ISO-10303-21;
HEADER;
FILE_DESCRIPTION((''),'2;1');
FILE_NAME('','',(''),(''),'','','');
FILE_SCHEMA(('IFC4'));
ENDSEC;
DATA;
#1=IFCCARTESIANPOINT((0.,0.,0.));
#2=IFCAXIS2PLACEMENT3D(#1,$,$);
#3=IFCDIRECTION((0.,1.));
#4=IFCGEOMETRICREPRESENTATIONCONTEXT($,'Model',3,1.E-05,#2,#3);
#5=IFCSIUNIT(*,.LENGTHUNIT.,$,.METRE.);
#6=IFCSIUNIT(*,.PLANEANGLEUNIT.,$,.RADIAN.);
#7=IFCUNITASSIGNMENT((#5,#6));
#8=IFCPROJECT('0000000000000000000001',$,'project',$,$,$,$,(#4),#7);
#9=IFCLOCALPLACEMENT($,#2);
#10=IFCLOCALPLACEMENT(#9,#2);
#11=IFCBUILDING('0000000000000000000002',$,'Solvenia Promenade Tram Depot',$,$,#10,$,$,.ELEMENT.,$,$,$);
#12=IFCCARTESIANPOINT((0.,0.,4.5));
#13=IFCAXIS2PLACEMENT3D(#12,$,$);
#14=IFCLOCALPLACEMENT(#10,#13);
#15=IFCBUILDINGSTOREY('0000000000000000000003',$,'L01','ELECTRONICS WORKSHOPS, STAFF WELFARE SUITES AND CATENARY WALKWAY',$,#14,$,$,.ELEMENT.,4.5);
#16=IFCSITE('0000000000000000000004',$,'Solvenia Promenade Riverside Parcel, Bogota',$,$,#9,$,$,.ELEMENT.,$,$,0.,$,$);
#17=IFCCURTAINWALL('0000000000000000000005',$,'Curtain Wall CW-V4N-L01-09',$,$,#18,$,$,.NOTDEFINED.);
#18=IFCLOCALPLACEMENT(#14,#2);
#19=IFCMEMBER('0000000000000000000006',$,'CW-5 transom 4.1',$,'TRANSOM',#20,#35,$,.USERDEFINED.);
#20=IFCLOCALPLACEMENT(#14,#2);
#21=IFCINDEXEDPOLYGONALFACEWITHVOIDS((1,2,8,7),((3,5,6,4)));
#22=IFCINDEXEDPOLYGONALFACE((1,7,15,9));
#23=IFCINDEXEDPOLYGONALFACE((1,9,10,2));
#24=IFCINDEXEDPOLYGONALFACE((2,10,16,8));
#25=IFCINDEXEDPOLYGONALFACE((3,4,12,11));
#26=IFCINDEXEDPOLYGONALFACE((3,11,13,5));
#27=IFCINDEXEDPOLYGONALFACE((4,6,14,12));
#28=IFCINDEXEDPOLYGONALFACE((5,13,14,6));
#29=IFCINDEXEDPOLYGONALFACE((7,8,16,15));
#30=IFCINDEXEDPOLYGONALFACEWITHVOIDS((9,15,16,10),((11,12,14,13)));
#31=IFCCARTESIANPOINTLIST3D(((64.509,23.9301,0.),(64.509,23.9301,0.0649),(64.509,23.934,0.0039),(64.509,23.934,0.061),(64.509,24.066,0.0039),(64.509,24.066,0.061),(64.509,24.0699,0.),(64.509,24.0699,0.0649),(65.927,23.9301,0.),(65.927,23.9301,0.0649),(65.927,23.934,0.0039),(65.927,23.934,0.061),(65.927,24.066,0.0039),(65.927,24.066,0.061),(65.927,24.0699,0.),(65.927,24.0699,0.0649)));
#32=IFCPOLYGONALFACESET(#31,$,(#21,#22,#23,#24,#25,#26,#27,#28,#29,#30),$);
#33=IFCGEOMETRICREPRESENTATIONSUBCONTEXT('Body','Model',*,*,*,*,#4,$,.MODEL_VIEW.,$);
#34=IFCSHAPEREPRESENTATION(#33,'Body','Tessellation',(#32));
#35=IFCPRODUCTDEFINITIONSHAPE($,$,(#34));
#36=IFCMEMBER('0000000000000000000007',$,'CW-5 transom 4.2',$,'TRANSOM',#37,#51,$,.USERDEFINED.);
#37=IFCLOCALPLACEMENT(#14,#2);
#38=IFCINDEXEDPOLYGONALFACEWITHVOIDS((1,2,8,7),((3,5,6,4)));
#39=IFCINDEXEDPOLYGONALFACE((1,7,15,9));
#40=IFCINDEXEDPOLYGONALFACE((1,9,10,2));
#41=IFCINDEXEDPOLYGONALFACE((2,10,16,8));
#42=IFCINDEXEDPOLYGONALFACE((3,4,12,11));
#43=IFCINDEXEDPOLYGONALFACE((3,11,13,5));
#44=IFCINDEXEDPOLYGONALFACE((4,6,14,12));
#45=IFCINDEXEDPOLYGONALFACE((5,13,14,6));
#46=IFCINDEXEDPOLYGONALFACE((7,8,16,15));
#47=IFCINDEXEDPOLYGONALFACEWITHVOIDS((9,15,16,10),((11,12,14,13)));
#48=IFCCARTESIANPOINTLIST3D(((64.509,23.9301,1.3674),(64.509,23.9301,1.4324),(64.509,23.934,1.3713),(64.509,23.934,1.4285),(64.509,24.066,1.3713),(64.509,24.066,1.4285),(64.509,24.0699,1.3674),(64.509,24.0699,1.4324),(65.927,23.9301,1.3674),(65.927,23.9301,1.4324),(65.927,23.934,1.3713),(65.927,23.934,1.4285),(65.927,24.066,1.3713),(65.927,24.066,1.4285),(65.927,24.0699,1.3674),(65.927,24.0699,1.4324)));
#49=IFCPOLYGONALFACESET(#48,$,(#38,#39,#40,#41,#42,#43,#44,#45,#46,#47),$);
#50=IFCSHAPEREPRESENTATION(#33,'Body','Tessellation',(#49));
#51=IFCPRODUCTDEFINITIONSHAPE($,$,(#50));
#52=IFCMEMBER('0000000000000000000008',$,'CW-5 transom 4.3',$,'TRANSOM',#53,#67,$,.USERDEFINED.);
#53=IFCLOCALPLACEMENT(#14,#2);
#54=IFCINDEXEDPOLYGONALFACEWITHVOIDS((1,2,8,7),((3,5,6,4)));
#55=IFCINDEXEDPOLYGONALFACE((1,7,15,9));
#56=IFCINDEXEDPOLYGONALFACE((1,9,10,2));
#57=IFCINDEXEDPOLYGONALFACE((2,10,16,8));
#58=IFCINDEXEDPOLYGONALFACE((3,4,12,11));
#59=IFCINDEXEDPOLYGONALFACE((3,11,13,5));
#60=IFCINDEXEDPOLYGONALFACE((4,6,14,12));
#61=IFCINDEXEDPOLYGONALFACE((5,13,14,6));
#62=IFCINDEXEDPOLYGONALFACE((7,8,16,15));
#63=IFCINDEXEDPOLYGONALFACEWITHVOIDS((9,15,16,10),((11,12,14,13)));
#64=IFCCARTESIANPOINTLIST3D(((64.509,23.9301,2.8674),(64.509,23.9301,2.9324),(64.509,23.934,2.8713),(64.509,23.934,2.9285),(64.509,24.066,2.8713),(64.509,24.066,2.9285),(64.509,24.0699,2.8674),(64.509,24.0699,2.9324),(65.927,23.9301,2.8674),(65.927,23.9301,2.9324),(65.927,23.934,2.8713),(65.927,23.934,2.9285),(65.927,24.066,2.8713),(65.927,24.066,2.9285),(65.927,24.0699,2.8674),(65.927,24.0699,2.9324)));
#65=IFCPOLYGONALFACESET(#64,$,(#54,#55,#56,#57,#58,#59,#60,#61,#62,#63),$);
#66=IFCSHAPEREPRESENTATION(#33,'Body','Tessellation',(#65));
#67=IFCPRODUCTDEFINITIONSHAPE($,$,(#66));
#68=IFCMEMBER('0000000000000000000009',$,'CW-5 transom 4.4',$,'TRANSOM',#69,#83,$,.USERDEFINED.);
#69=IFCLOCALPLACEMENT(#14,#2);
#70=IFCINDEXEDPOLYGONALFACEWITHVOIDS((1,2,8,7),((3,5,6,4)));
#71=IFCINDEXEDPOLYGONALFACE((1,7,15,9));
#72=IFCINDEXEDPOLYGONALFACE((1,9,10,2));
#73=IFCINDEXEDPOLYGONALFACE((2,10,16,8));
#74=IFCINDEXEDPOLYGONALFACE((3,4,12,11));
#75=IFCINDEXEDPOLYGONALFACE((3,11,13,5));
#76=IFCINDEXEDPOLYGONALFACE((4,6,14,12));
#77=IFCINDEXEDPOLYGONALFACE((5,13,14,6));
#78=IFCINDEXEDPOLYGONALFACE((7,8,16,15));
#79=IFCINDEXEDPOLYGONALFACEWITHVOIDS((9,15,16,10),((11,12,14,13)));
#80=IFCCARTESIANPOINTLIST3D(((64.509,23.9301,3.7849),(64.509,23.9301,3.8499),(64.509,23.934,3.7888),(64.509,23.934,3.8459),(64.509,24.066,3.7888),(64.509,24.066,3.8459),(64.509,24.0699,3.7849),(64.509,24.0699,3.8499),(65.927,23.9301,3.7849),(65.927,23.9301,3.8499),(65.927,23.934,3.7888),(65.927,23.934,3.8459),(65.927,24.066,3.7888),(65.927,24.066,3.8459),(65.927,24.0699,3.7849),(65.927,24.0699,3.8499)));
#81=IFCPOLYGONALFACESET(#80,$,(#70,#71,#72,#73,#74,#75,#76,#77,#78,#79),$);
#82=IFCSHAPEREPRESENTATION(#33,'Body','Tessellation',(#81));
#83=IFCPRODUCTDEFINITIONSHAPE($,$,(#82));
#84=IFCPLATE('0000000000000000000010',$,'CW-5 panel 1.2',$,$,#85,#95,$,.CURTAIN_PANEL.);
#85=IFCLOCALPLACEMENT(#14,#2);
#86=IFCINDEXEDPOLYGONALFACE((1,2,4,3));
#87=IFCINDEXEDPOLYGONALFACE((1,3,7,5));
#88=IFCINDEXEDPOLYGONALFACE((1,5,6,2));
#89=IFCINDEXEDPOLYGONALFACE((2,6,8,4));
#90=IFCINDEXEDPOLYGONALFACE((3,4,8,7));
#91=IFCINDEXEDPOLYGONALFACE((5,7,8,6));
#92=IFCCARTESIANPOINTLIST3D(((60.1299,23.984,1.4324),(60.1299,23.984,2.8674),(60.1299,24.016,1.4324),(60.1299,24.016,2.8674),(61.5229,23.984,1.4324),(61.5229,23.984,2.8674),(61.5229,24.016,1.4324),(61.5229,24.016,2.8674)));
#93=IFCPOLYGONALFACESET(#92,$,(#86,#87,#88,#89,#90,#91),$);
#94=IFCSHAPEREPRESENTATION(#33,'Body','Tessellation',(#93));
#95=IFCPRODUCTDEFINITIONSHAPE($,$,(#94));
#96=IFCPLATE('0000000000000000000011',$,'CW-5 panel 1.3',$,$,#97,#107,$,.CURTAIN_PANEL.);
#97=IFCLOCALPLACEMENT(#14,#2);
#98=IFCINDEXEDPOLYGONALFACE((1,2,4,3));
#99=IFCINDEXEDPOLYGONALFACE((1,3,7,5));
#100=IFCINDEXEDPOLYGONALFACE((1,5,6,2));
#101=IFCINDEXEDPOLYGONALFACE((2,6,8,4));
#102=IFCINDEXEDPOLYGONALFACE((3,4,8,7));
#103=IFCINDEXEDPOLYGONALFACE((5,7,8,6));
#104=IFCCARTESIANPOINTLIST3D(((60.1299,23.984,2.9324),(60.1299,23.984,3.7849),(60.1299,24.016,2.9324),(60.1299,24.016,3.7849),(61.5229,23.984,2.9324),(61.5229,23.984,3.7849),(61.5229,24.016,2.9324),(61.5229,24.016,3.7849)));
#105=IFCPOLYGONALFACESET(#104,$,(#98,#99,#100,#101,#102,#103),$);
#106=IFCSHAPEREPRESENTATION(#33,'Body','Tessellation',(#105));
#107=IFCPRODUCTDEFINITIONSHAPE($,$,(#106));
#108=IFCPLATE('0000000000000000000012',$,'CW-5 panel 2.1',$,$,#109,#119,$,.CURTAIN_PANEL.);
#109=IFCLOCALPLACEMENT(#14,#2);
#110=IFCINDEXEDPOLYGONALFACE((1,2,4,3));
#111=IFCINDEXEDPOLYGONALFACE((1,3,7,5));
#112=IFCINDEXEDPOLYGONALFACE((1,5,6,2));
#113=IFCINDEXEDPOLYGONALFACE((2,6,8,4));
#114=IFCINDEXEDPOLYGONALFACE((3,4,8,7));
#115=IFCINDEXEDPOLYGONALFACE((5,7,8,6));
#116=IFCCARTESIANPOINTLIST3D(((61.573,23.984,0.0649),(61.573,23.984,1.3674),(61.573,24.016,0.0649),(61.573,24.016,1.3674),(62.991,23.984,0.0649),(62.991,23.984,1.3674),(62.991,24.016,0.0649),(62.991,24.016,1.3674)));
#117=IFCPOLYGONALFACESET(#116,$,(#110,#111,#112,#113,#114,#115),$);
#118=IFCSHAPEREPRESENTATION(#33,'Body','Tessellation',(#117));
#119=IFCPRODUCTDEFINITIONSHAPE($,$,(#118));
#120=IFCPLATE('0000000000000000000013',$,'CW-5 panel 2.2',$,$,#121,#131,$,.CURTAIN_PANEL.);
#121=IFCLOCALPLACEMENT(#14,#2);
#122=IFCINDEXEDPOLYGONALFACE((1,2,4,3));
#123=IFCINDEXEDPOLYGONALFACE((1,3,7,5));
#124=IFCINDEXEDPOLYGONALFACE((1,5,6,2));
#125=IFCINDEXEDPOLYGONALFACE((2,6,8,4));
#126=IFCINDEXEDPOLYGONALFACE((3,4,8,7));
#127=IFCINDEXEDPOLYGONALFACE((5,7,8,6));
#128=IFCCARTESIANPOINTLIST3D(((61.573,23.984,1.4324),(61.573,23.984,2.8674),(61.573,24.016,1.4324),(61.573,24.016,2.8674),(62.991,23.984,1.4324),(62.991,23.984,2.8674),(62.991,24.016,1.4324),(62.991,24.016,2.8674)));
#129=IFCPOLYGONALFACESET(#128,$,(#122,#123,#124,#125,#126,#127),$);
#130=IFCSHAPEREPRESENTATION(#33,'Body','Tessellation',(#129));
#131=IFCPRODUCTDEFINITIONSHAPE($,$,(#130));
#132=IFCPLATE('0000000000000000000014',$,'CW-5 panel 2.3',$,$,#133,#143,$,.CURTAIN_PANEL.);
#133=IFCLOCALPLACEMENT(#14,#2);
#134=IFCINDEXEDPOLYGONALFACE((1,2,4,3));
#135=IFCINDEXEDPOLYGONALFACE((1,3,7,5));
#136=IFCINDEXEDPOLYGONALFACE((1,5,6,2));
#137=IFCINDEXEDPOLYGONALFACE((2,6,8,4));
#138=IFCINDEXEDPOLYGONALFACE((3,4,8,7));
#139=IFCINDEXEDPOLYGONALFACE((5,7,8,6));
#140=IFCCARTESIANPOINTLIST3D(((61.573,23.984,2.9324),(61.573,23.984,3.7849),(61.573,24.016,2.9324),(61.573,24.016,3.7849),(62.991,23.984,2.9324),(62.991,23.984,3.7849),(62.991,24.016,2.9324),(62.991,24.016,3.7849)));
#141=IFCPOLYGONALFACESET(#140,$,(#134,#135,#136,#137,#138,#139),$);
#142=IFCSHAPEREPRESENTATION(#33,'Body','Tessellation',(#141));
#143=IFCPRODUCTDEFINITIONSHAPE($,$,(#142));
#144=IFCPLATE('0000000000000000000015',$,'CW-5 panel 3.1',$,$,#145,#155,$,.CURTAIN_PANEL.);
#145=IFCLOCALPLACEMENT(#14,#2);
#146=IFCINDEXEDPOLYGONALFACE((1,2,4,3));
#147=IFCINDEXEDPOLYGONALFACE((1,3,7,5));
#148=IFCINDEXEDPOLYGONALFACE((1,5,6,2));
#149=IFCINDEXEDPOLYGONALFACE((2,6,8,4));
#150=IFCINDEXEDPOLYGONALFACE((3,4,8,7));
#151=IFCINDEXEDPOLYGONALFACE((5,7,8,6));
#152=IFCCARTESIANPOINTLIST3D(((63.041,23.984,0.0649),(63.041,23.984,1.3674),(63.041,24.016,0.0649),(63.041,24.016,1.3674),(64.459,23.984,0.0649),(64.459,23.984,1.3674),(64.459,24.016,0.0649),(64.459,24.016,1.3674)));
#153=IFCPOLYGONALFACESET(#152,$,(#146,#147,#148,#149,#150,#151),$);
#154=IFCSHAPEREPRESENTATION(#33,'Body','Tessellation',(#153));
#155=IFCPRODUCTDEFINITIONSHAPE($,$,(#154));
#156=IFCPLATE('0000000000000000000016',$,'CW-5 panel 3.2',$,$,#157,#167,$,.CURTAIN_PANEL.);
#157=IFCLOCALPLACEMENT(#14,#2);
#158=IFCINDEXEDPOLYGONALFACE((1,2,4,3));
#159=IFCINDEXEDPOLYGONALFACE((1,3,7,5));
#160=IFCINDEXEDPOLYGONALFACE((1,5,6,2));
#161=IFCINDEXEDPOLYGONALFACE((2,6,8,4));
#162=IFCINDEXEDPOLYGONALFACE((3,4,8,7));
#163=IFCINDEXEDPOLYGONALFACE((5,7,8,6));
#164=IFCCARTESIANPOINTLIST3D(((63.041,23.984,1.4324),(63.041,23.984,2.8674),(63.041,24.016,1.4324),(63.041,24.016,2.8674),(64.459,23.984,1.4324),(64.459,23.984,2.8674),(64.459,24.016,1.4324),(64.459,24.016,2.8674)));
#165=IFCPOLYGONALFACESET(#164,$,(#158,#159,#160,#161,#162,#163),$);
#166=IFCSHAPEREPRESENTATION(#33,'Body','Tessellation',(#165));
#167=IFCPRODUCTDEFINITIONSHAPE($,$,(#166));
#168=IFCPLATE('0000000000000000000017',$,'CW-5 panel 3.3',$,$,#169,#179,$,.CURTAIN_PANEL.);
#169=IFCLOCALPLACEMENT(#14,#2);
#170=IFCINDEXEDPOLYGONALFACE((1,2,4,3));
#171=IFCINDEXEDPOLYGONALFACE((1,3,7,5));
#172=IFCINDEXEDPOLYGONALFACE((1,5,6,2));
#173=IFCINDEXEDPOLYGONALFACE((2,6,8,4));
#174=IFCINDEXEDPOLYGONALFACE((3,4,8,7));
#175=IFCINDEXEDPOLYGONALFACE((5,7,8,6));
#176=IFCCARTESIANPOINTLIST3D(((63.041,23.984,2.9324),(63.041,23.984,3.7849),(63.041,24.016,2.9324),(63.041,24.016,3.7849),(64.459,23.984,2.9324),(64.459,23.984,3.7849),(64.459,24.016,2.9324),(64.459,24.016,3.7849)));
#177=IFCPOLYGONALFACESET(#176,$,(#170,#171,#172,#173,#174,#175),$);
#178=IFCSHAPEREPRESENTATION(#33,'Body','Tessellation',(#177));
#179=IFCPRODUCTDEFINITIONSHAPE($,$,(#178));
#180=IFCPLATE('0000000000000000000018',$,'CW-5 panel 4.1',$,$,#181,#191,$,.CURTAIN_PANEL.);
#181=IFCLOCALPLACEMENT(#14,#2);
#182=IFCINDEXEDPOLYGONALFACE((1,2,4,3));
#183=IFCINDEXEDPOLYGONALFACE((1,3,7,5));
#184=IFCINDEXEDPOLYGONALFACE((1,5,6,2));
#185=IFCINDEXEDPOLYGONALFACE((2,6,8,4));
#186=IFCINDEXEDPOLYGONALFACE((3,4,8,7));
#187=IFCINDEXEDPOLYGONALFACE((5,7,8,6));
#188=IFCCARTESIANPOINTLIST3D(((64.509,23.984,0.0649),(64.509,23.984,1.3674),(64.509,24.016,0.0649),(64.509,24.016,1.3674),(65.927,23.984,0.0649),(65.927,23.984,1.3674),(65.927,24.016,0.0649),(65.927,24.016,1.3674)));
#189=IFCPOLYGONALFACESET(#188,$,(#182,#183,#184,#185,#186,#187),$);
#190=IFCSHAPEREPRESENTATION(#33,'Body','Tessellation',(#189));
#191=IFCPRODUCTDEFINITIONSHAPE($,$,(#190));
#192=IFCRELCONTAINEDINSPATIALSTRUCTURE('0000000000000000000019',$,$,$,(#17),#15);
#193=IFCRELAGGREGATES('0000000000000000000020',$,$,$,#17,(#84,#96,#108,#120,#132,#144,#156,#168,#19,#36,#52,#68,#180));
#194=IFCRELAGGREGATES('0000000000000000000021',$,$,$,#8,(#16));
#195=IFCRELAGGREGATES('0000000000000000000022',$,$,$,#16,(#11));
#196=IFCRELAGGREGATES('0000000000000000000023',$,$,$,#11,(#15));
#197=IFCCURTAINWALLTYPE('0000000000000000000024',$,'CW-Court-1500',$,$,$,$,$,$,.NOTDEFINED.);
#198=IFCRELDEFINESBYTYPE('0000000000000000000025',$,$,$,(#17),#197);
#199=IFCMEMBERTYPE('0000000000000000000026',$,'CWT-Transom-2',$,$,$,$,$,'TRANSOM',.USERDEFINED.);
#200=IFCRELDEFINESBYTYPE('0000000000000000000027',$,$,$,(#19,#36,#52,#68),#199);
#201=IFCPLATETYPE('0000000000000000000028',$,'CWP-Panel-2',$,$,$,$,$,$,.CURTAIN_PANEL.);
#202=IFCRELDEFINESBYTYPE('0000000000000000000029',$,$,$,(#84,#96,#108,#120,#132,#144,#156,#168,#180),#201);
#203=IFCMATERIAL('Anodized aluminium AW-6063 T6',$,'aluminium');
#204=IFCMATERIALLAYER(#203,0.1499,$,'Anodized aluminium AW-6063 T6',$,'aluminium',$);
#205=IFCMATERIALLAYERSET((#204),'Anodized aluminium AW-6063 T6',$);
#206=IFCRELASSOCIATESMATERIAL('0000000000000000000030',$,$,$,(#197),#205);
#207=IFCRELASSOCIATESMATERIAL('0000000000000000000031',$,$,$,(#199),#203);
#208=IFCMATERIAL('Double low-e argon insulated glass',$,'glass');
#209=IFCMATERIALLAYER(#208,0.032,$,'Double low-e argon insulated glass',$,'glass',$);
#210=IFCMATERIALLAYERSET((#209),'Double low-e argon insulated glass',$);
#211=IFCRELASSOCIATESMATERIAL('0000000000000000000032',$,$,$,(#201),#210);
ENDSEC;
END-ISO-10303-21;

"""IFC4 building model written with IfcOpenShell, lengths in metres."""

from ifc_helpers import new_model, si_unit, direction, frame, origin, origin_2d, place, context, subcontext, project, spatial, rectangle, hollow_rectangle, extrude, material, layer, layer_set, material_profile, profile_set, type_object, element, aggregate, save


model = new_model("IFC4")

# Units and contexts
model_context = context("Model", 3, precision=1e-05, world=origin(), true_north=direction((0.0, 1.0)))
body_context = subcontext(model_context, "Body", "Model", "MODEL_VIEW")
ifc_project = project(units=[si_unit("LENGTHUNIT", "METRE"), si_unit("PLANEANGLEUNIT", "RADIAN")], contexts=[model_context])

# Site, building, storey
site_placement = place(None, origin())
site = spatial("IfcSite", under=ifc_project, at=site_placement, Name="Solvenia Promenade Riverside Parcel, Bogota", CompositionType="ELEMENT", RefElevation=0.0)
building_placement = place(site_placement, origin())
building = spatial("IfcBuilding", under=site, at=building_placement, Name="Solvenia Promenade Tram Depot", CompositionType="ELEMENT")
storey_placement = place(building_placement, frame((0.0, 0.0, 4.5)))
storey = spatial("IfcBuildingStorey", under=building, at=storey_placement, Name="L01", Description="ELECTRONICS WORKSHOPS, STAFF WELFARE SUITES AND CATENARY WALKWAY", CompositionType="ELEMENT", Elevation=4.5)

# Curtain wall, members, plates
ifc_material_1 = material(Name="Anodized aluminium AW-6063 T6", Category="aluminium")
ifc_layer_1 = layer(ifc_material_1, 0.1499, Name="Anodized aluminium AW-6063 T6", Category="aluminium")
ifc_layer_set_1 = layer_set([ifc_layer_1], Name="Anodized aluminium AW-6063 T6")
curtain_wall_type = type_object("IfcCurtainWallType", Name="CW-Court-1500", PredefinedType="NOTDEFINED", material=ifc_layer_set_1)
curtain_wall_placement = place(storey_placement, origin())
curtain_wall = element("IfcCurtainWall", 1, at=curtain_wall_placement, inside=storey, type_object=curtain_wall_type, Name="Curtain Wall CW-V4N-L01-09", PredefinedType="NOTDEFINED")
ifc_material_profile_1 = material_profile(ifc_material_1, hollow_rectangle(XDim=0.1399, YDim=0.0649, WallThickness=0.0039, at=origin_2d()), Name="ALU-T2", Category="aluminium")
ifc_profile_set_1 = profile_set([ifc_material_profile_1], Name="Anodized aluminium AW-6063 T6")
member_type_1 = type_object("IfcMemberType", Name="CWT-Transom-2", ElementType="TRANSOM", PredefinedType="USERDEFINED", material=ifc_profile_set_1)
member_1_placement = place(storey_placement, frame((64.509, 24.0, 0.0325), z_axis=(1.0, 0.0, 0.0), x_axis=(0.0, 1.0, 0.0)))
member_1 = element("IfcMember", 2, at=member_1_placement, type_object=member_type_1, Name="CW-5 transom 4.1", ObjectType="TRANSOM", PredefinedType="USERDEFINED", context=body_context, shape_type="SweptSolid", body=[
    extrude(hollow_rectangle(XDim=0.1399, YDim=0.0649, WallThickness=0.0039, at=origin_2d()), origin(), (0.0, 0.0, 1.0), 1.418),
])
member_2_placement = place(storey_placement, frame((64.509, 24.0, 1.3999), z_axis=(1.0, 0.0, 0.0), x_axis=(0.0, 1.0, 0.0)))
member_2 = element("IfcMember", 3, at=member_2_placement, type_object=member_type_1, Name="CW-5 transom 4.2", ObjectType="TRANSOM", PredefinedType="USERDEFINED", context=body_context, shape_type="SweptSolid", body=[
    extrude(hollow_rectangle(XDim=0.1399, YDim=0.0649, WallThickness=0.0039, at=origin_2d()), origin(), (0.0, 0.0, 1.0), 1.418),
])
member_3_placement = place(storey_placement, frame((64.509, 24.0, 2.8999), z_axis=(1.0, 0.0, 0.0), x_axis=(0.0, 1.0, 0.0)))
member_3 = element("IfcMember", 4, at=member_3_placement, type_object=member_type_1, Name="CW-5 transom 4.3", ObjectType="TRANSOM", PredefinedType="USERDEFINED", context=body_context, shape_type="SweptSolid", body=[
    extrude(hollow_rectangle(XDim=0.1399, YDim=0.0649, WallThickness=0.0039, at=origin_2d()), origin(), (0.0, 0.0, 1.0), 1.418),
])
member_4_placement = place(storey_placement, frame((64.509, 24.0, 3.8174), z_axis=(1.0, 0.0, 0.0), x_axis=(0.0, 1.0, 0.0)))
member_4 = element("IfcMember", 5, at=member_4_placement, type_object=member_type_1, Name="CW-5 transom 4.4", ObjectType="TRANSOM", PredefinedType="USERDEFINED", context=body_context, shape_type="SweptSolid", body=[
    extrude(hollow_rectangle(XDim=0.1399, YDim=0.0649, WallThickness=0.0039, at=origin_2d()), origin(), (0.0, 0.0, 1.0), 1.418),
])
ifc_material_2 = material(Name="Double low-e argon insulated glass", Category="glass")
ifc_layer_2 = layer(ifc_material_2, 0.032, Name="Double low-e argon insulated glass", Category="glass")
ifc_layer_set_2 = layer_set([ifc_layer_2], Name="Double low-e argon insulated glass")
plate_type = type_object("IfcPlateType", Name="CWP-Panel-2", PredefinedType="CURTAIN_PANEL", material=ifc_layer_set_2)
plate_1_placement = place(storey_placement, frame((60.8264, 24.0, 1.4324), z_axis=(0.0, 0.0, 1.0), x_axis=(1.0, 0.0, 0.0)))
plate_1 = element("IfcPlate", 6, at=plate_1_placement, type_object=plate_type, Name="CW-5 panel 1.2", PredefinedType="CURTAIN_PANEL", context=body_context, shape_type="SweptSolid", body=[
    extrude(rectangle(XDim=1.3931, YDim=0.032, at=origin_2d()), origin(), (0.0, 0.0, 1.0), 1.4351),
])
plate_2_placement = place(storey_placement, frame((60.8264, 24.0, 2.9324), z_axis=(0.0, 0.0, 1.0), x_axis=(1.0, 0.0, 0.0)))
plate_2 = element("IfcPlate", 7, at=plate_2_placement, type_object=plate_type, Name="CW-5 panel 1.3", PredefinedType="CURTAIN_PANEL", context=body_context, shape_type="SweptSolid", body=[
    extrude(rectangle(XDim=1.3931, YDim=0.032, at=origin_2d()), origin(), (0.0, 0.0, 1.0), 0.8525),
])
plate_3_placement = place(storey_placement, frame((62.282, 24.0, 0.0649), z_axis=(0.0, 0.0, 1.0), x_axis=(1.0, 0.0, 0.0)))
plate_3 = element("IfcPlate", 8, at=plate_3_placement, type_object=plate_type, Name="CW-5 panel 2.1", PredefinedType="CURTAIN_PANEL", context=body_context, shape_type="SweptSolid", body=[
    extrude(rectangle(XDim=1.418, YDim=0.032, at=origin_2d()), origin(), (0.0, 0.0, 1.0), 1.3025),
])
plate_4_placement = place(storey_placement, frame((62.282, 24.0, 1.4324), z_axis=(0.0, 0.0, 1.0), x_axis=(1.0, 0.0, 0.0)))
plate_4 = element("IfcPlate", 9, at=plate_4_placement, type_object=plate_type, Name="CW-5 panel 2.2", PredefinedType="CURTAIN_PANEL", context=body_context, shape_type="SweptSolid", body=[
    extrude(rectangle(XDim=1.418, YDim=0.032, at=origin_2d()), origin(), (0.0, 0.0, 1.0), 1.4351),
])
plate_5_placement = place(storey_placement, frame((62.282, 24.0, 2.9324), z_axis=(0.0, 0.0, 1.0), x_axis=(1.0, 0.0, 0.0)))
plate_5 = element("IfcPlate", 10, at=plate_5_placement, type_object=plate_type, Name="CW-5 panel 2.3", PredefinedType="CURTAIN_PANEL", context=body_context, shape_type="SweptSolid", body=[
    extrude(rectangle(XDim=1.418, YDim=0.032, at=origin_2d()), origin(), (0.0, 0.0, 1.0), 0.8525),
])
plate_6_placement = place(storey_placement, frame((63.75, 24.0, 0.0649), z_axis=(0.0, 0.0, 1.0), x_axis=(1.0, 0.0, 0.0)))
plate_6 = element("IfcPlate", 11, at=plate_6_placement, type_object=plate_type, Name="CW-5 panel 3.1", PredefinedType="CURTAIN_PANEL", context=body_context, shape_type="SweptSolid", body=[
    extrude(rectangle(XDim=1.418, YDim=0.032, at=origin_2d()), origin(), (0.0, 0.0, 1.0), 1.3025),
])
plate_7_placement = place(storey_placement, frame((63.75, 24.0, 1.4324), z_axis=(0.0, 0.0, 1.0), x_axis=(1.0, 0.0, 0.0)))
plate_7 = element("IfcPlate", 12, at=plate_7_placement, type_object=plate_type, Name="CW-5 panel 3.2", PredefinedType="CURTAIN_PANEL", context=body_context, shape_type="SweptSolid", body=[
    extrude(rectangle(XDim=1.418, YDim=0.032, at=origin_2d()), origin(), (0.0, 0.0, 1.0), 1.4351),
])
plate_8_placement = place(storey_placement, frame((63.75, 24.0, 2.9324), z_axis=(0.0, 0.0, 1.0), x_axis=(1.0, 0.0, 0.0)))
plate_8 = element("IfcPlate", 13, at=plate_8_placement, type_object=plate_type, Name="CW-5 panel 3.3", PredefinedType="CURTAIN_PANEL", context=body_context, shape_type="SweptSolid", body=[
    extrude(rectangle(XDim=1.418, YDim=0.032, at=origin_2d()), origin(), (0.0, 0.0, 1.0), 0.8525),
])
plate_9_placement = place(storey_placement, frame((65.218, 24.0, 0.0649), z_axis=(0.0, 0.0, 1.0), x_axis=(1.0, 0.0, 0.0)))
plate_9 = element("IfcPlate", 14, at=plate_9_placement, type_object=plate_type, Name="CW-5 panel 4.1", PredefinedType="CURTAIN_PANEL", context=body_context, shape_type="SweptSolid", body=[
    extrude(rectangle(XDim=1.418, YDim=0.032, at=origin_2d()), origin(), (0.0, 0.0, 1.0), 1.3025),
])
aggregate(curtain_wall, [plate_1, plate_2, plate_3, plate_4, plate_5, plate_6, plate_7, plate_8, member_1, member_2, member_3, member_4, plate_9])

save(model, "model.ifc")
